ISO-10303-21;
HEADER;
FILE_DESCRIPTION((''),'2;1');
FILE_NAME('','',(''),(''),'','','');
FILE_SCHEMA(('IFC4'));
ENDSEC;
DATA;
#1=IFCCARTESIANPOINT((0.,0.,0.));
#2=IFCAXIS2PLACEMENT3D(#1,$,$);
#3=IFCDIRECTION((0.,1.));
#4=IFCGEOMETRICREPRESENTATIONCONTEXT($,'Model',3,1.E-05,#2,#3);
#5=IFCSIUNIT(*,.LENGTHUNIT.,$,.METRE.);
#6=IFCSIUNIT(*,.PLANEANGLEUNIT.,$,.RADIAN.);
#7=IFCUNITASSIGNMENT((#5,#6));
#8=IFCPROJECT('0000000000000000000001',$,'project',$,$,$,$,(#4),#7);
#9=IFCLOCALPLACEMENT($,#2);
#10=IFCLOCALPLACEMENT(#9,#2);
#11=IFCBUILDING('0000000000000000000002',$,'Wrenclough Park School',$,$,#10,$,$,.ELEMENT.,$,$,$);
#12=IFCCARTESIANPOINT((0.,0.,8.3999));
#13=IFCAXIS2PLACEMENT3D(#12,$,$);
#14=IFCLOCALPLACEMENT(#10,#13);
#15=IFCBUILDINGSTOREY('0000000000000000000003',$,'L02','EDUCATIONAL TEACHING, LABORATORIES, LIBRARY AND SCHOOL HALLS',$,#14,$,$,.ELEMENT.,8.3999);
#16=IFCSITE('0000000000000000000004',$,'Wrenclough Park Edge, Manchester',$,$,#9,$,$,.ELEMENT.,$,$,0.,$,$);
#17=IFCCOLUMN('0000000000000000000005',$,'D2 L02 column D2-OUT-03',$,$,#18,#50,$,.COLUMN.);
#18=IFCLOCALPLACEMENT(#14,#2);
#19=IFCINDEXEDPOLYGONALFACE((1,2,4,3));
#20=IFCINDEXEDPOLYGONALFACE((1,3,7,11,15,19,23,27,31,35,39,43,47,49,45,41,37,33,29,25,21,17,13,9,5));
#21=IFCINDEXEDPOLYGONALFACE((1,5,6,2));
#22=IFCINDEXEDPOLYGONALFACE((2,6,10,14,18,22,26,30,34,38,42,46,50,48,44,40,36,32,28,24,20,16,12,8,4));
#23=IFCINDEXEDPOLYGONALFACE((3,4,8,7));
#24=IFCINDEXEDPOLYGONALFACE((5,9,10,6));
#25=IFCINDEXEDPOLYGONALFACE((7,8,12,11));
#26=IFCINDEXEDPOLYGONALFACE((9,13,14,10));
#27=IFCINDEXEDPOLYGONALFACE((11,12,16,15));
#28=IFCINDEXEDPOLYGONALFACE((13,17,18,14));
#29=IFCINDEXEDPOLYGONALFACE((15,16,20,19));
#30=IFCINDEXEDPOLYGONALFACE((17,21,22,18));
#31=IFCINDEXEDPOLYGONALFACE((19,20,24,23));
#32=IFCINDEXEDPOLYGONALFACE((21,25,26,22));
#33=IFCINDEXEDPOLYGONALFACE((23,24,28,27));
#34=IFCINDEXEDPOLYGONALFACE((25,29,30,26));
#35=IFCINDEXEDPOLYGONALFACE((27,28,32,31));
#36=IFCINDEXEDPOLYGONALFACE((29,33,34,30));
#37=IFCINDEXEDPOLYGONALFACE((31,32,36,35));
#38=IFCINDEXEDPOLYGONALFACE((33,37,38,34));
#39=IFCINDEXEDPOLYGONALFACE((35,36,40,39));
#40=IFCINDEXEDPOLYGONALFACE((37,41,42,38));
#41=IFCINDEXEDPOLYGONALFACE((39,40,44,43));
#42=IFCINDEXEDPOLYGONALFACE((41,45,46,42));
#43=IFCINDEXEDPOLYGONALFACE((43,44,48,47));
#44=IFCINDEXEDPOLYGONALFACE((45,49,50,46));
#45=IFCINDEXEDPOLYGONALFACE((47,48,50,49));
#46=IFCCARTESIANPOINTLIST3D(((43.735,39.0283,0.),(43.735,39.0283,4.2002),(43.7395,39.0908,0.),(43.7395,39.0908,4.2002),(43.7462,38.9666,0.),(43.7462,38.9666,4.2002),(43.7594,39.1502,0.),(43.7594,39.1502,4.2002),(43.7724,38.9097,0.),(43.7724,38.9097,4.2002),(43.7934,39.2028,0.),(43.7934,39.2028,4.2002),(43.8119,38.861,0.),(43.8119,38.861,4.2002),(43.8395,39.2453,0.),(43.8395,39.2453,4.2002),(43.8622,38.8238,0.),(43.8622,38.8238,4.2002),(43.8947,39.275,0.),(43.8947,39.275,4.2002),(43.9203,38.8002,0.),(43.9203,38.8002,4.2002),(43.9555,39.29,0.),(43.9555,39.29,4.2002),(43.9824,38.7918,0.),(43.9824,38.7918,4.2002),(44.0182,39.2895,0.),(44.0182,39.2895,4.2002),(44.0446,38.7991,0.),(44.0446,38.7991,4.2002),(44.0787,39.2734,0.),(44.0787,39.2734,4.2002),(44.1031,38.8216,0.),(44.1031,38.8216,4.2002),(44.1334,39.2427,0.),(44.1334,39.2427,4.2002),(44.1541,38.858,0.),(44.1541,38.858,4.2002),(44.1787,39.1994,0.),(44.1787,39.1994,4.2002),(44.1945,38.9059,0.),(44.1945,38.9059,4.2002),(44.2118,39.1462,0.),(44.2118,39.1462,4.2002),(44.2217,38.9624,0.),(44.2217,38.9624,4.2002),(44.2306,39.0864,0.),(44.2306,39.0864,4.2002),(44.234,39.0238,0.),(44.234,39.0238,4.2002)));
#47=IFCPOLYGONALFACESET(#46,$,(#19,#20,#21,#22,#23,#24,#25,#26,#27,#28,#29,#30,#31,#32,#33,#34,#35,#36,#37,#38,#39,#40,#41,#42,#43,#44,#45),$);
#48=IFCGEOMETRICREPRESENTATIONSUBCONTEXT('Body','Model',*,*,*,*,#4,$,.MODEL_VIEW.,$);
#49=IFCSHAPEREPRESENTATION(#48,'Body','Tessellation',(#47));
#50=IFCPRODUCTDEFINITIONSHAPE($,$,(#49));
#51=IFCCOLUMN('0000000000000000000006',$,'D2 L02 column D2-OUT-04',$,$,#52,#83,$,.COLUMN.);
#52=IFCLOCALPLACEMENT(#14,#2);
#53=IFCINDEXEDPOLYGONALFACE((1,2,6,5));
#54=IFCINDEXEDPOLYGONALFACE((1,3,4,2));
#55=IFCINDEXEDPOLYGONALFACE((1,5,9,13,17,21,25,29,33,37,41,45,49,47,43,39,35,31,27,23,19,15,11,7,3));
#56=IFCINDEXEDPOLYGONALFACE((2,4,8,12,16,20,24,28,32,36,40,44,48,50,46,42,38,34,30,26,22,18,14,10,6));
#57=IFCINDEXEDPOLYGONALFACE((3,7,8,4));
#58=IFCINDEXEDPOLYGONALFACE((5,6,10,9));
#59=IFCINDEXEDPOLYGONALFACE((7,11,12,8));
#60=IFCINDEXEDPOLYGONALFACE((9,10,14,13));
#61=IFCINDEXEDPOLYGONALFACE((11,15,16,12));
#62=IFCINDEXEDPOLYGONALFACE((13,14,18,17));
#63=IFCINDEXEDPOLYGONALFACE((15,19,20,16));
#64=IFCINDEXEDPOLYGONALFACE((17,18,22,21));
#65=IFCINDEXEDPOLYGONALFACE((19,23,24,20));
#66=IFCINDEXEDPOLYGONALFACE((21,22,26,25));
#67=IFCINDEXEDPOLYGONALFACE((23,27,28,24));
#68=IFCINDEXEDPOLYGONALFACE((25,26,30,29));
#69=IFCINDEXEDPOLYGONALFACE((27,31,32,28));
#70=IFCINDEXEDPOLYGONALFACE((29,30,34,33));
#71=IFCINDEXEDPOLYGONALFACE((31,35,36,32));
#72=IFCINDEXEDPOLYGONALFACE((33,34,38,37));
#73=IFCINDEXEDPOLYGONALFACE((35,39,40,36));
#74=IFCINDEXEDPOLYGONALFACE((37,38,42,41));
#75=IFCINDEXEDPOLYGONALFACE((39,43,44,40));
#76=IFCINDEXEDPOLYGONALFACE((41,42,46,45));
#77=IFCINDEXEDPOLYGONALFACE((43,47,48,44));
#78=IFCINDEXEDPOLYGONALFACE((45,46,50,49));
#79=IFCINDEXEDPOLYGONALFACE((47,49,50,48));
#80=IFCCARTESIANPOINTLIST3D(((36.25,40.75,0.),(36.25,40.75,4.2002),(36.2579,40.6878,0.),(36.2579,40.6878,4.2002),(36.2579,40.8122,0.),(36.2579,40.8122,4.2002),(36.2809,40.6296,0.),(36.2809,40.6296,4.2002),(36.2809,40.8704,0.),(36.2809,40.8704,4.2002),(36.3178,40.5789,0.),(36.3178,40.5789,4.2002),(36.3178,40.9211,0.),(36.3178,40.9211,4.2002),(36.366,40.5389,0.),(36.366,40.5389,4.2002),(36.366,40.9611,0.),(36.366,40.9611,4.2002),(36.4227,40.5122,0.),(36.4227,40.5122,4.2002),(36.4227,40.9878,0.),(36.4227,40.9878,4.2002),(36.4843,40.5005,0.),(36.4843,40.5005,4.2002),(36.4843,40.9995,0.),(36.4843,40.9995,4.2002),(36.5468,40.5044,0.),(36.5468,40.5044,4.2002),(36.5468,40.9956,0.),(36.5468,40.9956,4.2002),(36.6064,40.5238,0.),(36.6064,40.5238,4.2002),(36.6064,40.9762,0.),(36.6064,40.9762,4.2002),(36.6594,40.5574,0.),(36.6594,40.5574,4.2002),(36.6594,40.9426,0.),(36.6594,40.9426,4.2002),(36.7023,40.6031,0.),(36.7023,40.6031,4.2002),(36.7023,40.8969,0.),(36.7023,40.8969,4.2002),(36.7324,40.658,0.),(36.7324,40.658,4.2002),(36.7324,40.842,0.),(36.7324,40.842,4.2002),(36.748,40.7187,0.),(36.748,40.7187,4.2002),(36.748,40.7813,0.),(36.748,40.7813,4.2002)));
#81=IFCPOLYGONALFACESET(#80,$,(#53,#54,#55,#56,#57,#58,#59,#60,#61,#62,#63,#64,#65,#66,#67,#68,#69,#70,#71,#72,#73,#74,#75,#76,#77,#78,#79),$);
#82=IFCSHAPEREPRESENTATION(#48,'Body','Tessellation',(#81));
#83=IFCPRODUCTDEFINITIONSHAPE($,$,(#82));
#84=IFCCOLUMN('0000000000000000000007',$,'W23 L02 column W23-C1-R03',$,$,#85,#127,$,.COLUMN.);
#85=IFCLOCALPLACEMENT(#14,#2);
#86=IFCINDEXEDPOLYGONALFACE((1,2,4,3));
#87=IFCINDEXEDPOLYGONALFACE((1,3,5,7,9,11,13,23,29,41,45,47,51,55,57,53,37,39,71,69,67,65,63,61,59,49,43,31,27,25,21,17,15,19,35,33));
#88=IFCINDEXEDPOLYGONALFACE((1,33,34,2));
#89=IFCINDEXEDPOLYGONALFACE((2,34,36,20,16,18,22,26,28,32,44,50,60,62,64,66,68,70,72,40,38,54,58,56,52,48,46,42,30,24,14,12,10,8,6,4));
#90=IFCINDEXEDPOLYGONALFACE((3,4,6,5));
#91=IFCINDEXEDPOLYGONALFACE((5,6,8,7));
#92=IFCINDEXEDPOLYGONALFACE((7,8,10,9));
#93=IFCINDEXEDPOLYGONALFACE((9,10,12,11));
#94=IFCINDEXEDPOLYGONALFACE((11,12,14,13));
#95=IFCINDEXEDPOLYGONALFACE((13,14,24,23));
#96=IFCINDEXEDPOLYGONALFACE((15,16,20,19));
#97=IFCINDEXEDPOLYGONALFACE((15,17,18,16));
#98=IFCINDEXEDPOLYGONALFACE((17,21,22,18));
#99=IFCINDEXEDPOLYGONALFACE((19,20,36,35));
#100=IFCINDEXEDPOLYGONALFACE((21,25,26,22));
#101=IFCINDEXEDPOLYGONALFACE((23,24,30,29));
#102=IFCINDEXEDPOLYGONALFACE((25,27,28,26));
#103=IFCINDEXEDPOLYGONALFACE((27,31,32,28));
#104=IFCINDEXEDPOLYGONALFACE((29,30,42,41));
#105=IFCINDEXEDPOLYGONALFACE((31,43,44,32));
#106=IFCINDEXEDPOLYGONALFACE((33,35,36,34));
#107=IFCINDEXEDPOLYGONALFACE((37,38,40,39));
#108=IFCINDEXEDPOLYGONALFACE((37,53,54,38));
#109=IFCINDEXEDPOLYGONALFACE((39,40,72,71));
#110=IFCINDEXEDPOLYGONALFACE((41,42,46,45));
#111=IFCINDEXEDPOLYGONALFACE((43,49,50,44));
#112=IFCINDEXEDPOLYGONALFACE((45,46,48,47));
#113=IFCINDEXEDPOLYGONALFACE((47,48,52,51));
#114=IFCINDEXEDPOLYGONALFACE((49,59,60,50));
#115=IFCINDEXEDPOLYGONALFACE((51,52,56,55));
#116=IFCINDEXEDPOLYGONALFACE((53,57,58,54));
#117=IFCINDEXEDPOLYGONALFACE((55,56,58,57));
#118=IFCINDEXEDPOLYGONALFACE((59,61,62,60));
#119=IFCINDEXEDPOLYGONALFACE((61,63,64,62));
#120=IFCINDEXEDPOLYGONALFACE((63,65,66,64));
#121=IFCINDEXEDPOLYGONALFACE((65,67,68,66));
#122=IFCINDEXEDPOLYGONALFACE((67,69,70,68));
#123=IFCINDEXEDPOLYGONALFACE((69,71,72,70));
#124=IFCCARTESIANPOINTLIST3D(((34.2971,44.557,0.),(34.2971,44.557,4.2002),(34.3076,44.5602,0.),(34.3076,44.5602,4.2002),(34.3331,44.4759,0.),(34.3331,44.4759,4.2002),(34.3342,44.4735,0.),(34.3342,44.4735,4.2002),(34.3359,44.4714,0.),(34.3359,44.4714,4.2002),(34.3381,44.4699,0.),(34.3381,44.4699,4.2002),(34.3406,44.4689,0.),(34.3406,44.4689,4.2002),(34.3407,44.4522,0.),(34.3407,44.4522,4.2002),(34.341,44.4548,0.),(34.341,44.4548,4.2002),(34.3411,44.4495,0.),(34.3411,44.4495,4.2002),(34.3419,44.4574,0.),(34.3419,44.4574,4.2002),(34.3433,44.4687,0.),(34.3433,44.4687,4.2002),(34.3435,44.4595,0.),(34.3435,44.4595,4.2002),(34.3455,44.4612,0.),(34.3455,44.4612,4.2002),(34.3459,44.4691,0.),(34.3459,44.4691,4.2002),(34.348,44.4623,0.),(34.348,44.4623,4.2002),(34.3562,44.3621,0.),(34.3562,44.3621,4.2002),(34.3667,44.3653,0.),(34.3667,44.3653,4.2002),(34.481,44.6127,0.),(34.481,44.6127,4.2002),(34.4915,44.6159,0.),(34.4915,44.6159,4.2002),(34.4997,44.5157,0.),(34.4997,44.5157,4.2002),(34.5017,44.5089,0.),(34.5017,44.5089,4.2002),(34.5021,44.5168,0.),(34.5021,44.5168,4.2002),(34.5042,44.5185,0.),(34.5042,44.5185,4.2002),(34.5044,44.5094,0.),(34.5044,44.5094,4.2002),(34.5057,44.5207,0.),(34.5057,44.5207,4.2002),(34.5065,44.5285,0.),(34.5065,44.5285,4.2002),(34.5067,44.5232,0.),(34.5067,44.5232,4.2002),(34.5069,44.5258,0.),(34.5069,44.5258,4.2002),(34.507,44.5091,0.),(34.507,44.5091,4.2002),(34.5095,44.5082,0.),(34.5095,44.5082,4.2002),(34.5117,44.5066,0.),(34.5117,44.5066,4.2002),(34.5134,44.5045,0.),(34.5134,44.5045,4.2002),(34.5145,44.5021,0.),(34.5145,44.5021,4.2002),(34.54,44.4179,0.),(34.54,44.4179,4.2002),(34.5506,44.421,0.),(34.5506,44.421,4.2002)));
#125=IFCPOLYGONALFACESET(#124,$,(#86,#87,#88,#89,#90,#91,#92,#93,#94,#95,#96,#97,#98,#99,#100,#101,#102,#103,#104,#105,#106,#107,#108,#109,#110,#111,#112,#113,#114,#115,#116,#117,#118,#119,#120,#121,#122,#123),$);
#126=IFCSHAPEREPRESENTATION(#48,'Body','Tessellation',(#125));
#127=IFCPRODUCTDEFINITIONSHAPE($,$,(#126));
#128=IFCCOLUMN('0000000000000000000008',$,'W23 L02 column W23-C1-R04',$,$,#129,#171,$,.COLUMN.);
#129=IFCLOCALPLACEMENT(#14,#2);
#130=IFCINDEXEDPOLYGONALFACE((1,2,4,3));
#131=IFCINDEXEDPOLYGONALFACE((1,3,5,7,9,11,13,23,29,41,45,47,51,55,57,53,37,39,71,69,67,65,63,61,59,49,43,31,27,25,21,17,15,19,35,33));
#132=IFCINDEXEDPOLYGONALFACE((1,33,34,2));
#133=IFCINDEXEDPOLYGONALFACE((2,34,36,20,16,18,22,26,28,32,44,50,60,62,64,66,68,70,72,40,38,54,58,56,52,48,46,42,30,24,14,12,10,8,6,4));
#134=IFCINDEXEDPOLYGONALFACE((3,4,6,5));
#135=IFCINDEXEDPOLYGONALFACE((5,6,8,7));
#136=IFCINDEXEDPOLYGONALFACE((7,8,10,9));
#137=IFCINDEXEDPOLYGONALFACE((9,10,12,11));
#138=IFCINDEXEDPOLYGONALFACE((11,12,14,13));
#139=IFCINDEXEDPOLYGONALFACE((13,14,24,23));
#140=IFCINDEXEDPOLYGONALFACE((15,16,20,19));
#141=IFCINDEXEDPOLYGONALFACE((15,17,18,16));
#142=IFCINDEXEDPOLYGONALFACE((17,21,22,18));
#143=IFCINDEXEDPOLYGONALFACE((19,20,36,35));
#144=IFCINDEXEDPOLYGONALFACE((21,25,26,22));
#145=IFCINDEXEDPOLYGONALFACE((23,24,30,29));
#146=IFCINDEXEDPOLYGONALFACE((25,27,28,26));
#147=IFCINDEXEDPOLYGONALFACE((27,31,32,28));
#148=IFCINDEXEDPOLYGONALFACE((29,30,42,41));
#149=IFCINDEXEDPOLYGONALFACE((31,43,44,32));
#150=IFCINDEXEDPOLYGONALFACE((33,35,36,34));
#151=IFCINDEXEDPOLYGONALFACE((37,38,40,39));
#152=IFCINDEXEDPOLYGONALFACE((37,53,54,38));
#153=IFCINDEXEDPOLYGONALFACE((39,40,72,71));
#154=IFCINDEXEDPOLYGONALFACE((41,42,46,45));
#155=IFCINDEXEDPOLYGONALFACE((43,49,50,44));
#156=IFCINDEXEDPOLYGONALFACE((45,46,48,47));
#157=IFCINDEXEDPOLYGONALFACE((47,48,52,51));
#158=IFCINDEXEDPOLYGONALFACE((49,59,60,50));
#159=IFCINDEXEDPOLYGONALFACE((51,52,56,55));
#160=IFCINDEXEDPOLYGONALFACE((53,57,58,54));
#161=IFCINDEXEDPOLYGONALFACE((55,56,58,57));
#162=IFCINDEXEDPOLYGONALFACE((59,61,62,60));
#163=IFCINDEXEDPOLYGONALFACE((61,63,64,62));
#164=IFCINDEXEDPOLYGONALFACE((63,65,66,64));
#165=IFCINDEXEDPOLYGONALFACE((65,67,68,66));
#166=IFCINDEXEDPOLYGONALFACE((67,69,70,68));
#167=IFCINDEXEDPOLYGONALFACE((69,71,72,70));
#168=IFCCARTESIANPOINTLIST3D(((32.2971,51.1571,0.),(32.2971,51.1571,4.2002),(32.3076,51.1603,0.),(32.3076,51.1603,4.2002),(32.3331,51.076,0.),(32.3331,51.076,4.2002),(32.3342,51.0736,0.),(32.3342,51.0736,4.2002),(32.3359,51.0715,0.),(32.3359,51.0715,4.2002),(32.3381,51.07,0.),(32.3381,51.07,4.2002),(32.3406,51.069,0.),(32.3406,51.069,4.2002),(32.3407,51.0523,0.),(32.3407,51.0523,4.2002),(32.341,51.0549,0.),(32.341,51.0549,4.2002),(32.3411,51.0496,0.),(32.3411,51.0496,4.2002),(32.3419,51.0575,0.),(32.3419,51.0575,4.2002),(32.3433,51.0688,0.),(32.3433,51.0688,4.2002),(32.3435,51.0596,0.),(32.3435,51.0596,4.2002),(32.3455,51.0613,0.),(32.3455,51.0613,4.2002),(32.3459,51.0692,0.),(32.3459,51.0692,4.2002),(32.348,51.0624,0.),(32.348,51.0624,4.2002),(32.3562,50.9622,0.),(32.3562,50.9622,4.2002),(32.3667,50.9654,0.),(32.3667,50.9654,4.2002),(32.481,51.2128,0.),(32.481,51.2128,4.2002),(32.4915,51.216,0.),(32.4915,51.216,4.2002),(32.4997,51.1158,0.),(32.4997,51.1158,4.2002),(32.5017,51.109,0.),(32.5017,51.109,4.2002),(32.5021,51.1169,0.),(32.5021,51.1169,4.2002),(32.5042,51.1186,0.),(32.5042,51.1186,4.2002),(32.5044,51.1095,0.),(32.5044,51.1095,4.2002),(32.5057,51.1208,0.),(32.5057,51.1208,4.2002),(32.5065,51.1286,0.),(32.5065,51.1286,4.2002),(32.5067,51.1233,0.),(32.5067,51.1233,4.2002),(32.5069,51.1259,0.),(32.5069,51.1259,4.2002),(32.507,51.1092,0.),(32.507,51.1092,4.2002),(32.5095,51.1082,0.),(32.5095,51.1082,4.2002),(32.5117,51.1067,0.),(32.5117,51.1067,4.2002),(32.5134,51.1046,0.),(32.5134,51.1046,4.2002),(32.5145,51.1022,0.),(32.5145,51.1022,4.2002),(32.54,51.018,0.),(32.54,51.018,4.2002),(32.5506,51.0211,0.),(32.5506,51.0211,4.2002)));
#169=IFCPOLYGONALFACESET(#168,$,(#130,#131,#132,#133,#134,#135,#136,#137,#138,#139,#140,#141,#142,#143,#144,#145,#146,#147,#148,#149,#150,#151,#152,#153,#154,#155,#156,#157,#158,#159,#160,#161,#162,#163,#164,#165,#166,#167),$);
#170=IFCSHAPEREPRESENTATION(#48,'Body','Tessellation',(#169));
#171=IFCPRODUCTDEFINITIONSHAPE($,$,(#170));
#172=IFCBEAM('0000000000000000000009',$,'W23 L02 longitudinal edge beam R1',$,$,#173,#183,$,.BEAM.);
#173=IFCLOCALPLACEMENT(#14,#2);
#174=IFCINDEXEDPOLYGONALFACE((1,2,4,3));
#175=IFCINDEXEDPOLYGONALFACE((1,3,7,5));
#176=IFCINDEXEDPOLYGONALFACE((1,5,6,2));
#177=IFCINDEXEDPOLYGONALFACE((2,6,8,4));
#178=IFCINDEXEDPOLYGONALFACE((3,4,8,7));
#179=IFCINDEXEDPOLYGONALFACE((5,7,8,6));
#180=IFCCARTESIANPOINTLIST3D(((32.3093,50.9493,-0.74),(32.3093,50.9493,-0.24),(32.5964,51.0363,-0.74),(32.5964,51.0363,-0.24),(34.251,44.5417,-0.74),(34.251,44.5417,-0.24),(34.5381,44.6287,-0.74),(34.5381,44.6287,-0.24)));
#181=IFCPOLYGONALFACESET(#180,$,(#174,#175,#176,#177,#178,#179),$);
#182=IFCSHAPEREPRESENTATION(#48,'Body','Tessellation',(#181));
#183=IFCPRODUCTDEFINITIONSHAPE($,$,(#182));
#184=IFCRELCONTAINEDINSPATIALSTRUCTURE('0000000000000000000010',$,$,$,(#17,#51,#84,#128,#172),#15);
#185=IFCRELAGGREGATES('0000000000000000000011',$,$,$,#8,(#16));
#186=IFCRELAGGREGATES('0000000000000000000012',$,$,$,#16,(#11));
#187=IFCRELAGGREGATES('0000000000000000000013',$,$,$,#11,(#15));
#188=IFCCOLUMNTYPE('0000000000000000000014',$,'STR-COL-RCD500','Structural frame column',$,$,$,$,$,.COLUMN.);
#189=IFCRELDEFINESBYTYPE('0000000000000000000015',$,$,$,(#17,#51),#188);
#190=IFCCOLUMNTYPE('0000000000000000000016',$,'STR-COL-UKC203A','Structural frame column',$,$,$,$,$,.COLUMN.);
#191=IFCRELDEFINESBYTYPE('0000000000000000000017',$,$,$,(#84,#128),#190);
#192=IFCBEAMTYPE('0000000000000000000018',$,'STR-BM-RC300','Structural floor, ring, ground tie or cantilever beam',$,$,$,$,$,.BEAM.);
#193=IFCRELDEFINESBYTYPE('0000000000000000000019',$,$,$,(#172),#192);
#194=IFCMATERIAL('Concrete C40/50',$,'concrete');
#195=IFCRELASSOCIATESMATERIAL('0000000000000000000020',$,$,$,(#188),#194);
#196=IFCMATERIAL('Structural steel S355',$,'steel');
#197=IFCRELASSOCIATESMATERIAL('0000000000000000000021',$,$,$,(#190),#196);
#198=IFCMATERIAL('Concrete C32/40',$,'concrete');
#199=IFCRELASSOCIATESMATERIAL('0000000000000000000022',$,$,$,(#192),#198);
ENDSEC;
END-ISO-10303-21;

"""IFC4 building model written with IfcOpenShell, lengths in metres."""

from ifc_helpers import new_model, si_unit, direction, frame, origin, origin_2d, place, context, subcontext, project, spatial, rectangle, circle, i_section, extrude, material, material_profile, profile_set, type_object, element, save


model = new_model("IFC4")

# Units and contexts
model_context = context("Model", 3, precision=1e-05, world=origin(), true_north=direction((0.0, 1.0)))
body_context = subcontext(model_context, "Body", "Model", "MODEL_VIEW")
ifc_project = project(units=[si_unit("LENGTHUNIT", "METRE"), si_unit("PLANEANGLEUNIT", "RADIAN")], contexts=[model_context])

# Site, building, storey
site_placement = place(None, origin())
site = spatial("IfcSite", under=ifc_project, at=site_placement, Name="Wrenclough Park Edge, Manchester", CompositionType="ELEMENT", RefElevation=0.0)
building_placement = place(site_placement, origin())
building = spatial("IfcBuilding", under=site, at=building_placement, Name="Wrenclough Park School", CompositionType="ELEMENT")
storey_placement = place(building_placement, frame((0.0, 0.0, 8.3999)))
storey = spatial("IfcBuildingStorey", under=building, at=storey_placement, Name="L02", Description="EDUCATIONAL TEACHING, LABORATORIES, LIBRARY AND SCHOOL HALLS", CompositionType="ELEMENT", Elevation=8.3999)

# Columns
ifc_material_1 = material(Name="Concrete C40/50", Category="concrete")
ifc_material_profile_1 = material_profile(ifc_material_1, circle(Radius=0.25, at=origin_2d()), Name="RC COL D500")
ifc_profile_set_1 = profile_set([ifc_material_profile_1], Name="Concrete C40/50")
column_type_1 = type_object("IfcColumnType", Name="STR-COL-RCD500", Description="Structural frame column", PredefinedType="COLUMN", material=ifc_profile_set_1)
for number, where, z_axis, x_axis, name in (
    (1, (43.9846, 39.0417, 0.0), (0.0, 0.0, 1.0), (-0.901001, 0.433816, 0.0), "D2 L02 column D2-OUT-03"),
    (2, (36.5, 40.75, 0.0), (0.0, 0.0, 1.0), (-1.0, 0.0, 0.0), "D2 L02 column D2-OUT-04"),
):
    element("IfcColumn", number, at=place(storey_placement, frame(where, z_axis=z_axis, x_axis=x_axis)), inside=storey, type_object=column_type_1, Name=name, PredefinedType="COLUMN", context=body_context, shape_type="SweptSolid", body=[
        extrude(circle(Radius=0.25, at=origin_2d()), origin(), (0.0, 0.0, 1.0), 4.2002),
    ])
ifc_material_2 = material(Name="Structural steel S355", Category="steel")
ifc_material_profile_2 = material_profile(ifc_material_2, i_section(OverallWidth=0.2036, OverallDepth=0.2031, WebThickness=0.0071, FlangeThickness=0.011, FilletRadius=0.0103, at=origin_2d()), Name="UKC 203x203x46")
ifc_profile_set_2 = profile_set([ifc_material_profile_2], Name="Structural steel S355")
column_type_2 = type_object("IfcColumnType", Name="STR-COL-UKC203A", Description="Structural frame column", PredefinedType="COLUMN", material=ifc_profile_set_2)
for number, where, z_axis, x_axis, name in (
    (3, (34.4238, 44.489, 0.0), (0.0, 0.0, 1.0), (-0.290034, 0.957016, 0.0), "W23 L02 column W23-C1-R03"),
    (4, (32.4238, 51.0891, 0.0), (0.0, 0.0, 1.0), (-0.290034, 0.957016, 0.0), "W23 L02 column W23-C1-R04"),
):
    element("IfcColumn", number, at=place(storey_placement, frame(where, z_axis=z_axis, x_axis=x_axis)), inside=storey, type_object=column_type_2, Name=name, PredefinedType="COLUMN", context=body_context, shape_type="SweptSolid", body=[
        extrude(i_section(OverallWidth=0.2036, OverallDepth=0.2031, WebThickness=0.0071, FlangeThickness=0.011, FilletRadius=0.0103, at=origin_2d()), origin(), (0.0, 0.0, 1.0), 4.2002),
    ])

# Beam
ifc_material_3 = material(Name="Concrete C32/40", Category="concrete")
ifc_material_profile_3 = material_profile(ifc_material_3, rectangle(XDim=0.3, YDim=0.5, at=origin_2d()), Name="RC BEAM 300x500")
ifc_profile_set_3 = profile_set([ifc_material_profile_3], Name="Concrete C32/40")
beam_type_1 = type_object("IfcBeamType", Name="STR-BM-RC300", Description="Structural floor, ring, ground tie or cantilever beam", PredefinedType="BEAM", material=ifc_profile_set_3)
beam_1_placement = place(storey_placement, frame((34.3945, 44.5852, -0.49), z_axis=(-0.290006, 0.957025, 0.0), x_axis=(-0.957025, -0.290006, 0.0)))
element("IfcBeam", 5, at=beam_1_placement, inside=storey, type_object=beam_type_1, Name="W23 L02 longitudinal edge beam R1", PredefinedType="BEAM", context=body_context, shape_type="SweptSolid", body=[
    extrude(rectangle(XDim=0.3, YDim=0.5, at=origin_2d()), origin(), (0.0, 0.0, 1.0), 6.6953),
])

save(model, "model.ifc")
